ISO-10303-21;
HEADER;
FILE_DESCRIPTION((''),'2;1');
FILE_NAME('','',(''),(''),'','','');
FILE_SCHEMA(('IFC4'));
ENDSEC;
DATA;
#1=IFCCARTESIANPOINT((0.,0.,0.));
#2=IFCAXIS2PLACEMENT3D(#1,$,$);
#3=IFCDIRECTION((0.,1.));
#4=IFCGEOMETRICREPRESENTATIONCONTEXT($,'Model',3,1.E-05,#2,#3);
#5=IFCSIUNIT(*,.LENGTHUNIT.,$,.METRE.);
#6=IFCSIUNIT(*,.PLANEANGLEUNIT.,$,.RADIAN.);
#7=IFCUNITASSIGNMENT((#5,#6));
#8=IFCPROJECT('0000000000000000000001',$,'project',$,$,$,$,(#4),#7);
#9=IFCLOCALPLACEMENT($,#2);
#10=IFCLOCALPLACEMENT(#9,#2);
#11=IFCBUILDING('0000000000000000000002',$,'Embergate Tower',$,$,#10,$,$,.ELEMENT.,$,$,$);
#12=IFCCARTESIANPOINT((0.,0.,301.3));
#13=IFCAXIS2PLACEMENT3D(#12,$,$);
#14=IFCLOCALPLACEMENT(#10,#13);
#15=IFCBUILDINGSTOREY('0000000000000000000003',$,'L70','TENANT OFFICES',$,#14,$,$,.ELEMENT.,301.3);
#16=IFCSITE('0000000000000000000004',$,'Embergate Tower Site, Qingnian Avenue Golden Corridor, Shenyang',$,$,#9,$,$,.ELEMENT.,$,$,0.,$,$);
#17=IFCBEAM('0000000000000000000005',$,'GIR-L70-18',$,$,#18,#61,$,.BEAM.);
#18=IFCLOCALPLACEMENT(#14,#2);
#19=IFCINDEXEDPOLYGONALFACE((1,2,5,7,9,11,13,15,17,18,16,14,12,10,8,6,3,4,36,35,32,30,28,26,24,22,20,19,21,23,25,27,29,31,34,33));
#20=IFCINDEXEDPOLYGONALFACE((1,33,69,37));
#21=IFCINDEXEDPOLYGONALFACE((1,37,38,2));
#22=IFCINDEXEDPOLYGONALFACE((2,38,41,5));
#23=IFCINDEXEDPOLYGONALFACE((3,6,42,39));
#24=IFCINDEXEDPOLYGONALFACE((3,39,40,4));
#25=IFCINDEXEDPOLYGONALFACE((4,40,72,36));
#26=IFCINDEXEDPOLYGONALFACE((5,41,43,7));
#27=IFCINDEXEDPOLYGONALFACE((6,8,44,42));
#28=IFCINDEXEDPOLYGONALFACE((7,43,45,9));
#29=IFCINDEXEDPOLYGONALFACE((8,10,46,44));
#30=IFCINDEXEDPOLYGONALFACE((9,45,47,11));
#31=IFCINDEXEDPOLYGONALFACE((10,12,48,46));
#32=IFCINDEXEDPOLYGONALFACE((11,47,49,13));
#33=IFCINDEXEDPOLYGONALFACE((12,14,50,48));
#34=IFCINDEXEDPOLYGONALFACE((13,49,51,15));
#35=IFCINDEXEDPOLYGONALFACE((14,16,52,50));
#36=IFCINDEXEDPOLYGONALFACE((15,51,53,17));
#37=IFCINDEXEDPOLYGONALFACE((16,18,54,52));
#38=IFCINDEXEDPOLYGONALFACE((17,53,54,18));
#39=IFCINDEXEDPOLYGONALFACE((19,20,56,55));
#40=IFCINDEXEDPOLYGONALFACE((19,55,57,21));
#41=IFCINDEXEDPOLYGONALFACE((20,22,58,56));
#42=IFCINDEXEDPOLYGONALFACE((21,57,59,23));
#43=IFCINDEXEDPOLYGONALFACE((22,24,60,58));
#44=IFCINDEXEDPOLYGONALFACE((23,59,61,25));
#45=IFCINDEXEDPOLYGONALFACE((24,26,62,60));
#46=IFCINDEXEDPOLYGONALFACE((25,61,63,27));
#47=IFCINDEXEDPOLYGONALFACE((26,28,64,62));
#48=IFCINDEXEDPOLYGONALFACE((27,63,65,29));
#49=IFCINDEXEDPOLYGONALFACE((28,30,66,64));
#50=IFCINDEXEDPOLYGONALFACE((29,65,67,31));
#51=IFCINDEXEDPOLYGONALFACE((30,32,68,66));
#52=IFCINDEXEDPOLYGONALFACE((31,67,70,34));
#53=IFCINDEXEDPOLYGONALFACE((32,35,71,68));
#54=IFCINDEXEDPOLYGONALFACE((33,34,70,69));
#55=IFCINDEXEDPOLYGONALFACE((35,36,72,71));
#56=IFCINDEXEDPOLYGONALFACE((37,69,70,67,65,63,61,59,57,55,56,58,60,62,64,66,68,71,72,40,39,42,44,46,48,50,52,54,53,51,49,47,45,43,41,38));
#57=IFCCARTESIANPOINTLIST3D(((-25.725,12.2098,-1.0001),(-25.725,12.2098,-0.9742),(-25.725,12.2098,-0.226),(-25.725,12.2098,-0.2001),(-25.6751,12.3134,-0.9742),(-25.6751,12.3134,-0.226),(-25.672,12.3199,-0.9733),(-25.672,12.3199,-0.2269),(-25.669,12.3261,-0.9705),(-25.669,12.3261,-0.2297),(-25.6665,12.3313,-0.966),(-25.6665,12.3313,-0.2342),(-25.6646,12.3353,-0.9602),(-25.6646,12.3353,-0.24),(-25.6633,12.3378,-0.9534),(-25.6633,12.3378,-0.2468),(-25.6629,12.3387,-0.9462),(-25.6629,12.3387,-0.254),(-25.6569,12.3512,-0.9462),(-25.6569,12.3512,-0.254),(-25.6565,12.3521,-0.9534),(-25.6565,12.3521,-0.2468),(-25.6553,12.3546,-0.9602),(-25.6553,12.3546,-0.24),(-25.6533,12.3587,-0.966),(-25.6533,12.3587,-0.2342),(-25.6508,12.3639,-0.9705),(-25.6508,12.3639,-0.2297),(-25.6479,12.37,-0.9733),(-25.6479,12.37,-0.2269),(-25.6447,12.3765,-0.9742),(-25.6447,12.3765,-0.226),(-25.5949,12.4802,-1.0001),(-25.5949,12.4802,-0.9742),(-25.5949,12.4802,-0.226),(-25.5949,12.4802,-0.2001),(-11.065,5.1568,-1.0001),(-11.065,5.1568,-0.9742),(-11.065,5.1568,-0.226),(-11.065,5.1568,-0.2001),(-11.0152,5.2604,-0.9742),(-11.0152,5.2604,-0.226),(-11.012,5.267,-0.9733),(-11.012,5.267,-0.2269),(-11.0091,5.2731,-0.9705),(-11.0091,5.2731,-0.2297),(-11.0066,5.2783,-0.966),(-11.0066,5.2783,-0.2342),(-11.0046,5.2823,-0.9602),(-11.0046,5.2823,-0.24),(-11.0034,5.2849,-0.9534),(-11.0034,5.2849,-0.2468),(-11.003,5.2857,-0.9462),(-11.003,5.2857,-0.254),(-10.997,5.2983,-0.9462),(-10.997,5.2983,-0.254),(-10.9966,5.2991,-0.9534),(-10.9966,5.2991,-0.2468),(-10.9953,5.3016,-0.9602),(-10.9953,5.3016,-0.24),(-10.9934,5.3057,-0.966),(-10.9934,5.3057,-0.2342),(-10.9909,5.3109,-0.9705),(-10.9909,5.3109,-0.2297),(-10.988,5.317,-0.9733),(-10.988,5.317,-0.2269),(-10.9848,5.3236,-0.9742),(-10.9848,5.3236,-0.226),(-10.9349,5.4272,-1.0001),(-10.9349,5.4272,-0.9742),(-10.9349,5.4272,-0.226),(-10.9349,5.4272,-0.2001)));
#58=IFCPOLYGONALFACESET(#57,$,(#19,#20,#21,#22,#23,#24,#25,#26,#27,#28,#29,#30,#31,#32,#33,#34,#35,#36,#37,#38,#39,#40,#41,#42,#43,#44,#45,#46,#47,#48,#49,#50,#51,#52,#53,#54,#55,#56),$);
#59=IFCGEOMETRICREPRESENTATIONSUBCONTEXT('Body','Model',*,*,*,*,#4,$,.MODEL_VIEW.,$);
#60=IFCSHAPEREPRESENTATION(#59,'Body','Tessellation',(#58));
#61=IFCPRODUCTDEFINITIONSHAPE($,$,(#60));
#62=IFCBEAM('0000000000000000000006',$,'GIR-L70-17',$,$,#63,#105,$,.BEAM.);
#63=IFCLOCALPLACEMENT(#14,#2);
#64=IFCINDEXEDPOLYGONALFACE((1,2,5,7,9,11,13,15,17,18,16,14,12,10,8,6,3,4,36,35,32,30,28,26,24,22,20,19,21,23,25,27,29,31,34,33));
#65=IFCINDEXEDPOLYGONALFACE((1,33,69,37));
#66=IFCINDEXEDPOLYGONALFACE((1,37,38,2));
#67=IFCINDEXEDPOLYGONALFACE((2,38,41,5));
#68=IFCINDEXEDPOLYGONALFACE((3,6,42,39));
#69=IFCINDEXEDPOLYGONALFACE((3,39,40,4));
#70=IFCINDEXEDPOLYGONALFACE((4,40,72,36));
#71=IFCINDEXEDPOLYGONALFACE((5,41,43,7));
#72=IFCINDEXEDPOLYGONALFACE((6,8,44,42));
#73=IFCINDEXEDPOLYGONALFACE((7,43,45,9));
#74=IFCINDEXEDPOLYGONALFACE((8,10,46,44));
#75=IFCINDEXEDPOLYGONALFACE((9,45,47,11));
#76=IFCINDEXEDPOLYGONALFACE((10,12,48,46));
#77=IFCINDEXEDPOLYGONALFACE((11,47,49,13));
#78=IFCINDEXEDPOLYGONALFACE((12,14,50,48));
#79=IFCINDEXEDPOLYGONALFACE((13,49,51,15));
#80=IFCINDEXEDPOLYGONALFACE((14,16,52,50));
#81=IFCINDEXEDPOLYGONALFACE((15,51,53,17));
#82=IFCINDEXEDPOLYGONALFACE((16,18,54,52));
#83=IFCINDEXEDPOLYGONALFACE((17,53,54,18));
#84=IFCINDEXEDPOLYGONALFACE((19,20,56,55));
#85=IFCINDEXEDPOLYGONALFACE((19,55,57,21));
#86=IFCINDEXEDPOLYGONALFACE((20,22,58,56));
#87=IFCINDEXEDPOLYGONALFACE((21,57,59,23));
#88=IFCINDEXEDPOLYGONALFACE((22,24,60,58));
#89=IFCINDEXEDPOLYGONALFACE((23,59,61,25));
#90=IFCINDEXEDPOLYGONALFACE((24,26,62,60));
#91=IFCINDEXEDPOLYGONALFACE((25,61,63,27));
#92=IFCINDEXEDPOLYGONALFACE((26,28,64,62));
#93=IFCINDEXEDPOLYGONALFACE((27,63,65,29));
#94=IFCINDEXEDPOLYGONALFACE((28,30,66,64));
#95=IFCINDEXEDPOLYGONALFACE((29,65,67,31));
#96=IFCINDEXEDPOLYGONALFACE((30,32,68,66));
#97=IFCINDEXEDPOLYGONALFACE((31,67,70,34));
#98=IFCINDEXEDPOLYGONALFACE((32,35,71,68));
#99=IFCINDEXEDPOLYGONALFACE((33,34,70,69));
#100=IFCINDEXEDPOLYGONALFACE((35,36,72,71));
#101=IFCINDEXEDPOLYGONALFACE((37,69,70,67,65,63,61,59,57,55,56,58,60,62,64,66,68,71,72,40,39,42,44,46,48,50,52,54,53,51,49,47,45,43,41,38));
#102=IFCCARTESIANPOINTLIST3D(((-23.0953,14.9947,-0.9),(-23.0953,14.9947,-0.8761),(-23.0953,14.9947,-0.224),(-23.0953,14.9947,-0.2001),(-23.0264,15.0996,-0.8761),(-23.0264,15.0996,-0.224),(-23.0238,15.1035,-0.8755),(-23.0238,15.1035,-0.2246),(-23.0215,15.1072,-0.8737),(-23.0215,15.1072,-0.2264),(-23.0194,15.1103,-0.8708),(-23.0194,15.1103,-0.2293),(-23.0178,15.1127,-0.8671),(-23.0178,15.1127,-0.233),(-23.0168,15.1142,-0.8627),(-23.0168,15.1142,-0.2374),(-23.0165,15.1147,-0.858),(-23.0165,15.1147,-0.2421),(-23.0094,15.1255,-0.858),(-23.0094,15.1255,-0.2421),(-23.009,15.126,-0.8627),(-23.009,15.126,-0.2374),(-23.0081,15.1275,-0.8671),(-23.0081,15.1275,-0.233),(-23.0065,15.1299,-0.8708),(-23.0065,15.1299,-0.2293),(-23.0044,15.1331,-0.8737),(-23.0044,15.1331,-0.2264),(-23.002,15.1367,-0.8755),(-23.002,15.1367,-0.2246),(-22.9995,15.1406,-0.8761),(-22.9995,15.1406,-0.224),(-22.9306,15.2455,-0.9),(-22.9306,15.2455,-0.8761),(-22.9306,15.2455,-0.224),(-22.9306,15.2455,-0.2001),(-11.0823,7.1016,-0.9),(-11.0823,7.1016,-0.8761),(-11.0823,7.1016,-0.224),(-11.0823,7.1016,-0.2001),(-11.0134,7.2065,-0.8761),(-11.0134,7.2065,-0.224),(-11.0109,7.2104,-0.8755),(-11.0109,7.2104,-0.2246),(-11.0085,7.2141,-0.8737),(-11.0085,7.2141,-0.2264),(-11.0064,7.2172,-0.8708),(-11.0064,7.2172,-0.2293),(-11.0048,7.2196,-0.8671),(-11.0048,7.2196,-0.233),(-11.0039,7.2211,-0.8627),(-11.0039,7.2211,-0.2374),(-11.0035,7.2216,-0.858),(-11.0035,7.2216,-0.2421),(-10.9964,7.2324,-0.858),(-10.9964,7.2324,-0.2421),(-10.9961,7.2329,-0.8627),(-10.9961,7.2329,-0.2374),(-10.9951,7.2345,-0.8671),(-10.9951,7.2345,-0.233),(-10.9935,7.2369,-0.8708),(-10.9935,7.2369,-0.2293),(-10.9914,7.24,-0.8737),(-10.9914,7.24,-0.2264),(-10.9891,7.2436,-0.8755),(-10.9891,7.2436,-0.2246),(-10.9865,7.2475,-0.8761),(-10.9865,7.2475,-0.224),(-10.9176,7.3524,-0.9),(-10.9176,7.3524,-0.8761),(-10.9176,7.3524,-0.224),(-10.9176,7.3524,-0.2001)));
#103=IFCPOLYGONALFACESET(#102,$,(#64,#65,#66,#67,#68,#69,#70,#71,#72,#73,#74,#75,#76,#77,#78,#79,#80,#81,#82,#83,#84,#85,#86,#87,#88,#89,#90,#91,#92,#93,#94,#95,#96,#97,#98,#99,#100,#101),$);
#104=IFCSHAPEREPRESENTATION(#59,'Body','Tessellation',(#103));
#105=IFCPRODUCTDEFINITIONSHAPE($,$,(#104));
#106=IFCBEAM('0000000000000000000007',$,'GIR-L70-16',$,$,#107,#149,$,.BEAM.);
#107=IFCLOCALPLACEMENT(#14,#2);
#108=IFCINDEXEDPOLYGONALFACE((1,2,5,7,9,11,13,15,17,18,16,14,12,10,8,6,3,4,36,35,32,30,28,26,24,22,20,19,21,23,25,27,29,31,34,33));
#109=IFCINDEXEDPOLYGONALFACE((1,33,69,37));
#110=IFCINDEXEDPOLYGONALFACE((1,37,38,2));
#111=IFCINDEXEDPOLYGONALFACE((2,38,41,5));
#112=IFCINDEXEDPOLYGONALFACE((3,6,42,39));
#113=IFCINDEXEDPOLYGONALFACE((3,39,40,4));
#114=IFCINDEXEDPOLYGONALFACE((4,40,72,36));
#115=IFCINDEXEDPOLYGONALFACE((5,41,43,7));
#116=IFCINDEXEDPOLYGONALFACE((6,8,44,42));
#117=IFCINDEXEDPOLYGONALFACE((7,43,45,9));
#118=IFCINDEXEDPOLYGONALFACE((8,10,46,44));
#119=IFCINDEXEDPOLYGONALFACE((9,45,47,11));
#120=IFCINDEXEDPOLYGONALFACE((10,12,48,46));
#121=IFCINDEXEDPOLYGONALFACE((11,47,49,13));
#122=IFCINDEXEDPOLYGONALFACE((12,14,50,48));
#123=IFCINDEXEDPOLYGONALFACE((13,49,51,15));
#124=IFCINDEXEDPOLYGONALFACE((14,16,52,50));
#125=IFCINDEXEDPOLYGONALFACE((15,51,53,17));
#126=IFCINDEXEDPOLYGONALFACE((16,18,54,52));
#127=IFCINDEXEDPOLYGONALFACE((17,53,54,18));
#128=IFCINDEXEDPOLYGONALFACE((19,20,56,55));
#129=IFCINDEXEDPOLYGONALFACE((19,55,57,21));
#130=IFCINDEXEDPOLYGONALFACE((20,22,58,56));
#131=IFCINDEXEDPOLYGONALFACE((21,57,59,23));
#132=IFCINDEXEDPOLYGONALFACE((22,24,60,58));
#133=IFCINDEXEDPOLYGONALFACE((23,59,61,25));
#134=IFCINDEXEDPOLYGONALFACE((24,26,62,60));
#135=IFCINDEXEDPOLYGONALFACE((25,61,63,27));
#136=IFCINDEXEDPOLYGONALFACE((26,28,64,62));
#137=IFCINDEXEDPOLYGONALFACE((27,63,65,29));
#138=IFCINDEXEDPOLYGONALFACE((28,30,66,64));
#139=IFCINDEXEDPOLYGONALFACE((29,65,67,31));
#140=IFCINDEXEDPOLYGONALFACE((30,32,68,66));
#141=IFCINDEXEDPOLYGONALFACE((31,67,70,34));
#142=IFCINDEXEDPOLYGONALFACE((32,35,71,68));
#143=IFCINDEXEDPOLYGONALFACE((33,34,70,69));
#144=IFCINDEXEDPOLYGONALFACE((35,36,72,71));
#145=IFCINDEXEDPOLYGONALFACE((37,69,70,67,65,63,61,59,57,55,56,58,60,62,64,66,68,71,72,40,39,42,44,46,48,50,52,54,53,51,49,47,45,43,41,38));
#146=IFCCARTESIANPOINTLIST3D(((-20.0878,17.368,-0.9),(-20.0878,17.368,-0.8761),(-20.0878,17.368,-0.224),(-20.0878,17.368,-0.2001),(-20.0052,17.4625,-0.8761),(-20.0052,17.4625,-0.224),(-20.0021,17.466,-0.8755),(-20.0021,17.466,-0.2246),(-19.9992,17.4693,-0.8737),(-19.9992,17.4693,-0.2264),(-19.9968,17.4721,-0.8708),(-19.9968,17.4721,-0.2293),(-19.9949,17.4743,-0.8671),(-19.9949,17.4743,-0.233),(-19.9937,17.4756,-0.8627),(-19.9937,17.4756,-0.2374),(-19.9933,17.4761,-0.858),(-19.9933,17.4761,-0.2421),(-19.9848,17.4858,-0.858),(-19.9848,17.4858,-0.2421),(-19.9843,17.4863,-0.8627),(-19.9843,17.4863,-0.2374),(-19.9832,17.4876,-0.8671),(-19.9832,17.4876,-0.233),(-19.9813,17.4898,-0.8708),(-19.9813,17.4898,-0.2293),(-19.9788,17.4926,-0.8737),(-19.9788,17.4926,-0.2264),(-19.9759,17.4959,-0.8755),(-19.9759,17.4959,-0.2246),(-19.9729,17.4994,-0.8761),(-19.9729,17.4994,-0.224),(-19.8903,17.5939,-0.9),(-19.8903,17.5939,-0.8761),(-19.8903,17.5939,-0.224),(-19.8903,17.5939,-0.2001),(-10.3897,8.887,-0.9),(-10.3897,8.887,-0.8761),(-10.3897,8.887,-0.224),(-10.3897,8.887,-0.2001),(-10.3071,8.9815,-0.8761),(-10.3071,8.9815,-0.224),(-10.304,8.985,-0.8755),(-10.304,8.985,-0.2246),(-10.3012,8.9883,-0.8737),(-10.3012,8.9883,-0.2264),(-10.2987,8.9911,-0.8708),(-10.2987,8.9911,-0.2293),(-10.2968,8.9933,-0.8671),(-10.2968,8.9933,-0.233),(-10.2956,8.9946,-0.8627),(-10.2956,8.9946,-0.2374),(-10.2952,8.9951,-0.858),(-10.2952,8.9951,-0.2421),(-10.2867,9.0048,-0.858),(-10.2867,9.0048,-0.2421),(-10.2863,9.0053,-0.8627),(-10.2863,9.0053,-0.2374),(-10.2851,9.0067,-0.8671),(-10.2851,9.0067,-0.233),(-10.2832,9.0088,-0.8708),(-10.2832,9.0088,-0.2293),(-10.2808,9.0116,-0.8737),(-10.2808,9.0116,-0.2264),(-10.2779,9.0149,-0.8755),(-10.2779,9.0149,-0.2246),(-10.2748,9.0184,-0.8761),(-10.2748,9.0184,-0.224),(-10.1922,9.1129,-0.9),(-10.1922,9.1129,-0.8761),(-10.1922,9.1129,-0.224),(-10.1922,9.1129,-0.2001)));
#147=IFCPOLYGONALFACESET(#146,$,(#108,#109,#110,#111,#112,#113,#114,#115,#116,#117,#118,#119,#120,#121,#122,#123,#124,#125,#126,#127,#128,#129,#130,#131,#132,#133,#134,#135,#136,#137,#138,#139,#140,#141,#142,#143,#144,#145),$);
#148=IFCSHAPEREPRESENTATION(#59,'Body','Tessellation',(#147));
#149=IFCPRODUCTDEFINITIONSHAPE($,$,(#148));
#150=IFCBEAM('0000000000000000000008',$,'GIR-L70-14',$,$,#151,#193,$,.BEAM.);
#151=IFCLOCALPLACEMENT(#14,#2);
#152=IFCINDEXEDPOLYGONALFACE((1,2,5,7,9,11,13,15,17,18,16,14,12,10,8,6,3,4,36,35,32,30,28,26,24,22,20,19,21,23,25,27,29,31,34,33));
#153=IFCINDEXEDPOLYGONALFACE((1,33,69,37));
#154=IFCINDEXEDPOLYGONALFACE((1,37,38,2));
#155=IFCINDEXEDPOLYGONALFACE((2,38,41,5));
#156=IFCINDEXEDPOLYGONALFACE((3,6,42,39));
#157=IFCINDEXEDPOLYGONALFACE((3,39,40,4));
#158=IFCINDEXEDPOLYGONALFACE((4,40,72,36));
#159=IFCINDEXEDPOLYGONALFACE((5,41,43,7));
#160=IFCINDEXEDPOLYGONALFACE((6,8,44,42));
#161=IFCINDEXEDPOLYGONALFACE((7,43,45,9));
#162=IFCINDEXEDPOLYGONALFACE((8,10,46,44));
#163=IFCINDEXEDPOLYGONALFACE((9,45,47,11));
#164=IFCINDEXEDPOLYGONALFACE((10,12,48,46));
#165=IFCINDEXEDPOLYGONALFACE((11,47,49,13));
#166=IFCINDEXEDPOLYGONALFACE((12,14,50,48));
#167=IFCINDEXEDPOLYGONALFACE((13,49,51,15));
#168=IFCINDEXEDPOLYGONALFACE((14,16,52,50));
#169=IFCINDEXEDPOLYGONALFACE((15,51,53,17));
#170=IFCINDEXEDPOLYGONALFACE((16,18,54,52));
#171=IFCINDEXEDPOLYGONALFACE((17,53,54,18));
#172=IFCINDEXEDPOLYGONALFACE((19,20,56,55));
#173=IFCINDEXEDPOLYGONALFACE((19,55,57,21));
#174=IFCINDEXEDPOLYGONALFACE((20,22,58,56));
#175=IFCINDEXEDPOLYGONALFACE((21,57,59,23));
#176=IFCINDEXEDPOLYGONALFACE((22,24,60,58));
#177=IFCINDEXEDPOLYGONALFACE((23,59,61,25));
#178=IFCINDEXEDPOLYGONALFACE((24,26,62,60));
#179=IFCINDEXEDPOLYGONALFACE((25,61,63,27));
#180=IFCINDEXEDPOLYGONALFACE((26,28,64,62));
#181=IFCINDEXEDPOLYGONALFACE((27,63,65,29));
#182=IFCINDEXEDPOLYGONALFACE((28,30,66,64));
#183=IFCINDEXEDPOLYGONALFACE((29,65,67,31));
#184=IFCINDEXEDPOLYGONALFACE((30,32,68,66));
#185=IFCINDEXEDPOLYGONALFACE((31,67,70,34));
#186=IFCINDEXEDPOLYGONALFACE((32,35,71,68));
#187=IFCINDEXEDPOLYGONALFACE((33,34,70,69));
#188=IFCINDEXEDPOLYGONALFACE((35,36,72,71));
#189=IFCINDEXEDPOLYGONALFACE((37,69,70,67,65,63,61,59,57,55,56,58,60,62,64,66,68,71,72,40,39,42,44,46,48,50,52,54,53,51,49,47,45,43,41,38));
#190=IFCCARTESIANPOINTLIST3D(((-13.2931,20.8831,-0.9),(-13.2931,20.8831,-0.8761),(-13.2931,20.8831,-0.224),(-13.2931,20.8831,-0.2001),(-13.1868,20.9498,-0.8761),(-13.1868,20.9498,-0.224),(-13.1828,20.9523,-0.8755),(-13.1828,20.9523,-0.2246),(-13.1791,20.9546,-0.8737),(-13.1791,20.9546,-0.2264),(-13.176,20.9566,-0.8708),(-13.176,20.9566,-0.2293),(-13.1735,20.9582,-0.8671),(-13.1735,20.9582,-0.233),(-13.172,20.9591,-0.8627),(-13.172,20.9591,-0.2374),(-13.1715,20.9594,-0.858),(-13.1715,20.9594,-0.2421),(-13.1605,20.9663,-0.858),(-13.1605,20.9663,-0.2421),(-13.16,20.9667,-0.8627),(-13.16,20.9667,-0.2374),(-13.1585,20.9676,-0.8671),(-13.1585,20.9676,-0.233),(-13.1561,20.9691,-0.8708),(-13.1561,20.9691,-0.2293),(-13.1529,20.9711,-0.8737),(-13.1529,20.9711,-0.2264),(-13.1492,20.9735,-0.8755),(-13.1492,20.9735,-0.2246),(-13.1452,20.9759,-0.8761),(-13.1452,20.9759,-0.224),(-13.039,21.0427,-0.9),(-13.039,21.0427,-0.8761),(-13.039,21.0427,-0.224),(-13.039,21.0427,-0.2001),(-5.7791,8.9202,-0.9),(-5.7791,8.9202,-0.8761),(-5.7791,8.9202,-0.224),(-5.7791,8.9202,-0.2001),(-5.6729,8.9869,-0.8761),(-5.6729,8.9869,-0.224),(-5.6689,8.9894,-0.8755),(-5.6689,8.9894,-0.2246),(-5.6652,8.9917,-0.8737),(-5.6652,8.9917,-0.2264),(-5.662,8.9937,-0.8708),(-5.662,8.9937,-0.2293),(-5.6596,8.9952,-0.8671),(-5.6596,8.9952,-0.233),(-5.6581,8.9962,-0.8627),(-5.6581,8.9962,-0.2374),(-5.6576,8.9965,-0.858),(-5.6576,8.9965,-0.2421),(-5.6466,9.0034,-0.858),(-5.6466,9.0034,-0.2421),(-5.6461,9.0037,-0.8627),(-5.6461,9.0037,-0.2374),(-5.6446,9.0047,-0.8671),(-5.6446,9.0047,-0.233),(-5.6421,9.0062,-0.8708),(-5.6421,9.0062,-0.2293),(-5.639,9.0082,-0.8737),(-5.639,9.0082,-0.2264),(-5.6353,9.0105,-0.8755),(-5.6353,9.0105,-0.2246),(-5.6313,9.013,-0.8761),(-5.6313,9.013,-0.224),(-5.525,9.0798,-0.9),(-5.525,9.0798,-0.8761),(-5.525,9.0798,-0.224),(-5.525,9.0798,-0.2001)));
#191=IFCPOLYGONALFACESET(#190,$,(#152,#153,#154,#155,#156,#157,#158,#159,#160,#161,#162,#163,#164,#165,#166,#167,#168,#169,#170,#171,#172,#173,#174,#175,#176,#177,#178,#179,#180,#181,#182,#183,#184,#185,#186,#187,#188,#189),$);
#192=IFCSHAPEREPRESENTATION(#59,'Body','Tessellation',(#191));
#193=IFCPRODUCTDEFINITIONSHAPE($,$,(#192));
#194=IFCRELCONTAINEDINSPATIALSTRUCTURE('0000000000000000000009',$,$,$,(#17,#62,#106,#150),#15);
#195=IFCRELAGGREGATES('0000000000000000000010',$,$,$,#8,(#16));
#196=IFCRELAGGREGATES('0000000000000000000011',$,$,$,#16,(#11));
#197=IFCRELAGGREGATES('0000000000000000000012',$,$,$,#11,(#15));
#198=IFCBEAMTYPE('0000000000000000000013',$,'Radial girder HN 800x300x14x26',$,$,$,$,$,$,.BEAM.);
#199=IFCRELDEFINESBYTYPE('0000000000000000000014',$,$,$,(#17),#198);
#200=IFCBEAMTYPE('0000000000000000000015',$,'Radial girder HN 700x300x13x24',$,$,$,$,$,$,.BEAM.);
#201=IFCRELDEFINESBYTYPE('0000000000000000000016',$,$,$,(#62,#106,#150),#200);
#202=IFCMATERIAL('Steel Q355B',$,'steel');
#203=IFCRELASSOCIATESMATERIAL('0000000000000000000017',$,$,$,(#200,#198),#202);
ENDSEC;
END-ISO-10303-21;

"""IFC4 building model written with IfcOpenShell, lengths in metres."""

from ifc_helpers import new_model, si_unit, direction, frame, origin, origin_2d, place, context, subcontext, project, spatial, i_section, extrude, source, transform, mapped, material, material_profile, profile_set, type_object, element, save


model = new_model("IFC4")

# Units and contexts
model_context = context("Model", 3, precision=1e-05, world=origin(), true_north=direction((0.0, 1.0)))
body_context = subcontext(model_context, "Body", "Model", "MODEL_VIEW")
ifc_project = project(units=[si_unit("LENGTHUNIT", "METRE"), si_unit("PLANEANGLEUNIT", "RADIAN")], contexts=[model_context])

# Site, building, storey
site_placement = place(None, origin())
site = spatial("IfcSite", under=ifc_project, at=site_placement, Name="Embergate Tower Site, Qingnian Avenue Golden Corridor, Shenyang", CompositionType="ELEMENT", RefElevation=0.0)
building_placement = place(site_placement, origin())
building = spatial("IfcBuilding", under=site, at=building_placement, Name="Embergate Tower", CompositionType="ELEMENT")
storey_placement = place(building_placement, frame((0.0, 0.0, 301.3)))
storey = spatial("IfcBuildingStorey", under=building, at=storey_placement, Name="L70", Description="TENANT OFFICES", CompositionType="ELEMENT", Elevation=301.3)

# Beams
ifc_material_1 = material(Name="Steel Q355B", Category="steel")
ifc_material_profile_1 = material_profile(ifc_material_1, i_section(OverallWidth=0.3, OverallDepth=0.7, WebThickness=0.0129, FlangeThickness=0.0239, FilletRadius=0.0181, at=origin_2d()), Name="HN 700x300x13x24")
ifc_profile_set_1 = profile_set([ifc_material_profile_1], Name="Steel Q355 grade B")
beam_type_1 = type_object("IfcBeamType", Name="Radial girder HN 700x300x13x24", PredefinedType="BEAM", material=ifc_profile_set_1)
ifc_material_profile_2 = material_profile(ifc_material_1, i_section(OverallWidth=0.3, OverallDepth=0.8, WebThickness=0.0139, FlangeThickness=0.0259, FilletRadius=0.0281, at=origin_2d()), Name="HN 800x300x14x26")
ifc_profile_set_2 = profile_set([ifc_material_profile_2], Name="Steel Q355 grade B")
beam_type_2 = type_object("IfcBeamType", Name="Radial girder HN 800x300x14x26", PredefinedType="BEAM", material=ifc_profile_set_2)
shared_shape_1 = source(origin(), body_context, "Body", "SweptSolid", [
    extrude(i_section(OverallWidth=0.3, OverallDepth=0.8, WebThickness=0.0139, FlangeThickness=0.0259, FilletRadius=0.0281, at=origin_2d()), origin(), (0.0, 0.0, 1.0), 16.2683),
])
beam_1_placement = place(storey_placement, frame((-25.6599, 12.345, -0.6001), z_axis=(0.901134, -0.433541, 0.0), x_axis=(0.433541, 0.901134, 0.0)))
element("IfcBeam", 1, at=beam_1_placement, inside=storey, type_object=beam_type_2, Name="GIR-L70-18", PredefinedType="BEAM", context=body_context, shape_type="MappedRepresentation", body=[
    mapped(shared_shape_1, transform((0.0, 0.0, 0.0))),
])
shared_shape_2 = source(origin(), body_context, "Body", "SweptSolid", [
    extrude(i_section(OverallWidth=0.3, OverallDepth=0.7, WebThickness=0.0129, FlangeThickness=0.0239, FilletRadius=0.0181, at=origin_2d()), origin(), (0.0, 0.0, 1.0), 14.374),
])
beam_2_placement = place(storey_placement, frame((-23.0129, 15.1201, -0.55), z_axis=(0.835742, -0.549122, 0.0), x_axis=(0.549122, 0.835742, 0.0)))
element("IfcBeam", 2, at=beam_2_placement, inside=storey, type_object=beam_type_1, Name="GIR-L70-17", PredefinedType="BEAM", context=body_context, shape_type="MappedRepresentation", body=[
    mapped(shared_shape_2, transform((0.0, 0.0, 0.0))),
])
shared_shape_3 = source(origin(), body_context, "Body", "SweptSolid", [
    extrude(i_section(OverallWidth=0.3, OverallDepth=0.7, WebThickness=0.0129, FlangeThickness=0.0239, FilletRadius=0.0181, at=origin_2d()), origin(), (0.0, 0.0, 1.0), 12.8833),
])
beam_3_placement = place(storey_placement, frame((-19.989, 17.481, -0.55), z_axis=(0.752761, -0.658294, 0.0), x_axis=(0.658294, 0.752761, 0.0)))
element("IfcBeam", 3, at=beam_3_placement, inside=storey, type_object=beam_type_1, Name="GIR-L70-16", PredefinedType="BEAM", context=body_context, shape_type="MappedRepresentation", body=[
    mapped(shared_shape_3, transform((0.0, 0.0, 0.0))),
])
shared_shape_4 = source(origin(), body_context, "Body", "SweptSolid", [
    extrude(i_section(OverallWidth=0.3, OverallDepth=0.7, WebThickness=0.0129, FlangeThickness=0.0239, FilletRadius=0.0181, at=origin_2d()), origin(), (0.0, 0.0, 1.0), 14.127),
])
beam_4_placement = place(storey_placement, frame((-13.166, 20.9629, -0.55), z_axis=(0.531887, -0.846816, 0.0), x_axis=(0.846816, 0.531887, 0.0)))
element("IfcBeam", 4, at=beam_4_placement, inside=storey, type_object=beam_type_1, Name="GIR-L70-14", PredefinedType="BEAM", context=body_context, shape_type="MappedRepresentation", body=[
    mapped(shared_shape_4, transform((0.0, 0.0, 0.0))),
])

save(model, "model.ifc")
